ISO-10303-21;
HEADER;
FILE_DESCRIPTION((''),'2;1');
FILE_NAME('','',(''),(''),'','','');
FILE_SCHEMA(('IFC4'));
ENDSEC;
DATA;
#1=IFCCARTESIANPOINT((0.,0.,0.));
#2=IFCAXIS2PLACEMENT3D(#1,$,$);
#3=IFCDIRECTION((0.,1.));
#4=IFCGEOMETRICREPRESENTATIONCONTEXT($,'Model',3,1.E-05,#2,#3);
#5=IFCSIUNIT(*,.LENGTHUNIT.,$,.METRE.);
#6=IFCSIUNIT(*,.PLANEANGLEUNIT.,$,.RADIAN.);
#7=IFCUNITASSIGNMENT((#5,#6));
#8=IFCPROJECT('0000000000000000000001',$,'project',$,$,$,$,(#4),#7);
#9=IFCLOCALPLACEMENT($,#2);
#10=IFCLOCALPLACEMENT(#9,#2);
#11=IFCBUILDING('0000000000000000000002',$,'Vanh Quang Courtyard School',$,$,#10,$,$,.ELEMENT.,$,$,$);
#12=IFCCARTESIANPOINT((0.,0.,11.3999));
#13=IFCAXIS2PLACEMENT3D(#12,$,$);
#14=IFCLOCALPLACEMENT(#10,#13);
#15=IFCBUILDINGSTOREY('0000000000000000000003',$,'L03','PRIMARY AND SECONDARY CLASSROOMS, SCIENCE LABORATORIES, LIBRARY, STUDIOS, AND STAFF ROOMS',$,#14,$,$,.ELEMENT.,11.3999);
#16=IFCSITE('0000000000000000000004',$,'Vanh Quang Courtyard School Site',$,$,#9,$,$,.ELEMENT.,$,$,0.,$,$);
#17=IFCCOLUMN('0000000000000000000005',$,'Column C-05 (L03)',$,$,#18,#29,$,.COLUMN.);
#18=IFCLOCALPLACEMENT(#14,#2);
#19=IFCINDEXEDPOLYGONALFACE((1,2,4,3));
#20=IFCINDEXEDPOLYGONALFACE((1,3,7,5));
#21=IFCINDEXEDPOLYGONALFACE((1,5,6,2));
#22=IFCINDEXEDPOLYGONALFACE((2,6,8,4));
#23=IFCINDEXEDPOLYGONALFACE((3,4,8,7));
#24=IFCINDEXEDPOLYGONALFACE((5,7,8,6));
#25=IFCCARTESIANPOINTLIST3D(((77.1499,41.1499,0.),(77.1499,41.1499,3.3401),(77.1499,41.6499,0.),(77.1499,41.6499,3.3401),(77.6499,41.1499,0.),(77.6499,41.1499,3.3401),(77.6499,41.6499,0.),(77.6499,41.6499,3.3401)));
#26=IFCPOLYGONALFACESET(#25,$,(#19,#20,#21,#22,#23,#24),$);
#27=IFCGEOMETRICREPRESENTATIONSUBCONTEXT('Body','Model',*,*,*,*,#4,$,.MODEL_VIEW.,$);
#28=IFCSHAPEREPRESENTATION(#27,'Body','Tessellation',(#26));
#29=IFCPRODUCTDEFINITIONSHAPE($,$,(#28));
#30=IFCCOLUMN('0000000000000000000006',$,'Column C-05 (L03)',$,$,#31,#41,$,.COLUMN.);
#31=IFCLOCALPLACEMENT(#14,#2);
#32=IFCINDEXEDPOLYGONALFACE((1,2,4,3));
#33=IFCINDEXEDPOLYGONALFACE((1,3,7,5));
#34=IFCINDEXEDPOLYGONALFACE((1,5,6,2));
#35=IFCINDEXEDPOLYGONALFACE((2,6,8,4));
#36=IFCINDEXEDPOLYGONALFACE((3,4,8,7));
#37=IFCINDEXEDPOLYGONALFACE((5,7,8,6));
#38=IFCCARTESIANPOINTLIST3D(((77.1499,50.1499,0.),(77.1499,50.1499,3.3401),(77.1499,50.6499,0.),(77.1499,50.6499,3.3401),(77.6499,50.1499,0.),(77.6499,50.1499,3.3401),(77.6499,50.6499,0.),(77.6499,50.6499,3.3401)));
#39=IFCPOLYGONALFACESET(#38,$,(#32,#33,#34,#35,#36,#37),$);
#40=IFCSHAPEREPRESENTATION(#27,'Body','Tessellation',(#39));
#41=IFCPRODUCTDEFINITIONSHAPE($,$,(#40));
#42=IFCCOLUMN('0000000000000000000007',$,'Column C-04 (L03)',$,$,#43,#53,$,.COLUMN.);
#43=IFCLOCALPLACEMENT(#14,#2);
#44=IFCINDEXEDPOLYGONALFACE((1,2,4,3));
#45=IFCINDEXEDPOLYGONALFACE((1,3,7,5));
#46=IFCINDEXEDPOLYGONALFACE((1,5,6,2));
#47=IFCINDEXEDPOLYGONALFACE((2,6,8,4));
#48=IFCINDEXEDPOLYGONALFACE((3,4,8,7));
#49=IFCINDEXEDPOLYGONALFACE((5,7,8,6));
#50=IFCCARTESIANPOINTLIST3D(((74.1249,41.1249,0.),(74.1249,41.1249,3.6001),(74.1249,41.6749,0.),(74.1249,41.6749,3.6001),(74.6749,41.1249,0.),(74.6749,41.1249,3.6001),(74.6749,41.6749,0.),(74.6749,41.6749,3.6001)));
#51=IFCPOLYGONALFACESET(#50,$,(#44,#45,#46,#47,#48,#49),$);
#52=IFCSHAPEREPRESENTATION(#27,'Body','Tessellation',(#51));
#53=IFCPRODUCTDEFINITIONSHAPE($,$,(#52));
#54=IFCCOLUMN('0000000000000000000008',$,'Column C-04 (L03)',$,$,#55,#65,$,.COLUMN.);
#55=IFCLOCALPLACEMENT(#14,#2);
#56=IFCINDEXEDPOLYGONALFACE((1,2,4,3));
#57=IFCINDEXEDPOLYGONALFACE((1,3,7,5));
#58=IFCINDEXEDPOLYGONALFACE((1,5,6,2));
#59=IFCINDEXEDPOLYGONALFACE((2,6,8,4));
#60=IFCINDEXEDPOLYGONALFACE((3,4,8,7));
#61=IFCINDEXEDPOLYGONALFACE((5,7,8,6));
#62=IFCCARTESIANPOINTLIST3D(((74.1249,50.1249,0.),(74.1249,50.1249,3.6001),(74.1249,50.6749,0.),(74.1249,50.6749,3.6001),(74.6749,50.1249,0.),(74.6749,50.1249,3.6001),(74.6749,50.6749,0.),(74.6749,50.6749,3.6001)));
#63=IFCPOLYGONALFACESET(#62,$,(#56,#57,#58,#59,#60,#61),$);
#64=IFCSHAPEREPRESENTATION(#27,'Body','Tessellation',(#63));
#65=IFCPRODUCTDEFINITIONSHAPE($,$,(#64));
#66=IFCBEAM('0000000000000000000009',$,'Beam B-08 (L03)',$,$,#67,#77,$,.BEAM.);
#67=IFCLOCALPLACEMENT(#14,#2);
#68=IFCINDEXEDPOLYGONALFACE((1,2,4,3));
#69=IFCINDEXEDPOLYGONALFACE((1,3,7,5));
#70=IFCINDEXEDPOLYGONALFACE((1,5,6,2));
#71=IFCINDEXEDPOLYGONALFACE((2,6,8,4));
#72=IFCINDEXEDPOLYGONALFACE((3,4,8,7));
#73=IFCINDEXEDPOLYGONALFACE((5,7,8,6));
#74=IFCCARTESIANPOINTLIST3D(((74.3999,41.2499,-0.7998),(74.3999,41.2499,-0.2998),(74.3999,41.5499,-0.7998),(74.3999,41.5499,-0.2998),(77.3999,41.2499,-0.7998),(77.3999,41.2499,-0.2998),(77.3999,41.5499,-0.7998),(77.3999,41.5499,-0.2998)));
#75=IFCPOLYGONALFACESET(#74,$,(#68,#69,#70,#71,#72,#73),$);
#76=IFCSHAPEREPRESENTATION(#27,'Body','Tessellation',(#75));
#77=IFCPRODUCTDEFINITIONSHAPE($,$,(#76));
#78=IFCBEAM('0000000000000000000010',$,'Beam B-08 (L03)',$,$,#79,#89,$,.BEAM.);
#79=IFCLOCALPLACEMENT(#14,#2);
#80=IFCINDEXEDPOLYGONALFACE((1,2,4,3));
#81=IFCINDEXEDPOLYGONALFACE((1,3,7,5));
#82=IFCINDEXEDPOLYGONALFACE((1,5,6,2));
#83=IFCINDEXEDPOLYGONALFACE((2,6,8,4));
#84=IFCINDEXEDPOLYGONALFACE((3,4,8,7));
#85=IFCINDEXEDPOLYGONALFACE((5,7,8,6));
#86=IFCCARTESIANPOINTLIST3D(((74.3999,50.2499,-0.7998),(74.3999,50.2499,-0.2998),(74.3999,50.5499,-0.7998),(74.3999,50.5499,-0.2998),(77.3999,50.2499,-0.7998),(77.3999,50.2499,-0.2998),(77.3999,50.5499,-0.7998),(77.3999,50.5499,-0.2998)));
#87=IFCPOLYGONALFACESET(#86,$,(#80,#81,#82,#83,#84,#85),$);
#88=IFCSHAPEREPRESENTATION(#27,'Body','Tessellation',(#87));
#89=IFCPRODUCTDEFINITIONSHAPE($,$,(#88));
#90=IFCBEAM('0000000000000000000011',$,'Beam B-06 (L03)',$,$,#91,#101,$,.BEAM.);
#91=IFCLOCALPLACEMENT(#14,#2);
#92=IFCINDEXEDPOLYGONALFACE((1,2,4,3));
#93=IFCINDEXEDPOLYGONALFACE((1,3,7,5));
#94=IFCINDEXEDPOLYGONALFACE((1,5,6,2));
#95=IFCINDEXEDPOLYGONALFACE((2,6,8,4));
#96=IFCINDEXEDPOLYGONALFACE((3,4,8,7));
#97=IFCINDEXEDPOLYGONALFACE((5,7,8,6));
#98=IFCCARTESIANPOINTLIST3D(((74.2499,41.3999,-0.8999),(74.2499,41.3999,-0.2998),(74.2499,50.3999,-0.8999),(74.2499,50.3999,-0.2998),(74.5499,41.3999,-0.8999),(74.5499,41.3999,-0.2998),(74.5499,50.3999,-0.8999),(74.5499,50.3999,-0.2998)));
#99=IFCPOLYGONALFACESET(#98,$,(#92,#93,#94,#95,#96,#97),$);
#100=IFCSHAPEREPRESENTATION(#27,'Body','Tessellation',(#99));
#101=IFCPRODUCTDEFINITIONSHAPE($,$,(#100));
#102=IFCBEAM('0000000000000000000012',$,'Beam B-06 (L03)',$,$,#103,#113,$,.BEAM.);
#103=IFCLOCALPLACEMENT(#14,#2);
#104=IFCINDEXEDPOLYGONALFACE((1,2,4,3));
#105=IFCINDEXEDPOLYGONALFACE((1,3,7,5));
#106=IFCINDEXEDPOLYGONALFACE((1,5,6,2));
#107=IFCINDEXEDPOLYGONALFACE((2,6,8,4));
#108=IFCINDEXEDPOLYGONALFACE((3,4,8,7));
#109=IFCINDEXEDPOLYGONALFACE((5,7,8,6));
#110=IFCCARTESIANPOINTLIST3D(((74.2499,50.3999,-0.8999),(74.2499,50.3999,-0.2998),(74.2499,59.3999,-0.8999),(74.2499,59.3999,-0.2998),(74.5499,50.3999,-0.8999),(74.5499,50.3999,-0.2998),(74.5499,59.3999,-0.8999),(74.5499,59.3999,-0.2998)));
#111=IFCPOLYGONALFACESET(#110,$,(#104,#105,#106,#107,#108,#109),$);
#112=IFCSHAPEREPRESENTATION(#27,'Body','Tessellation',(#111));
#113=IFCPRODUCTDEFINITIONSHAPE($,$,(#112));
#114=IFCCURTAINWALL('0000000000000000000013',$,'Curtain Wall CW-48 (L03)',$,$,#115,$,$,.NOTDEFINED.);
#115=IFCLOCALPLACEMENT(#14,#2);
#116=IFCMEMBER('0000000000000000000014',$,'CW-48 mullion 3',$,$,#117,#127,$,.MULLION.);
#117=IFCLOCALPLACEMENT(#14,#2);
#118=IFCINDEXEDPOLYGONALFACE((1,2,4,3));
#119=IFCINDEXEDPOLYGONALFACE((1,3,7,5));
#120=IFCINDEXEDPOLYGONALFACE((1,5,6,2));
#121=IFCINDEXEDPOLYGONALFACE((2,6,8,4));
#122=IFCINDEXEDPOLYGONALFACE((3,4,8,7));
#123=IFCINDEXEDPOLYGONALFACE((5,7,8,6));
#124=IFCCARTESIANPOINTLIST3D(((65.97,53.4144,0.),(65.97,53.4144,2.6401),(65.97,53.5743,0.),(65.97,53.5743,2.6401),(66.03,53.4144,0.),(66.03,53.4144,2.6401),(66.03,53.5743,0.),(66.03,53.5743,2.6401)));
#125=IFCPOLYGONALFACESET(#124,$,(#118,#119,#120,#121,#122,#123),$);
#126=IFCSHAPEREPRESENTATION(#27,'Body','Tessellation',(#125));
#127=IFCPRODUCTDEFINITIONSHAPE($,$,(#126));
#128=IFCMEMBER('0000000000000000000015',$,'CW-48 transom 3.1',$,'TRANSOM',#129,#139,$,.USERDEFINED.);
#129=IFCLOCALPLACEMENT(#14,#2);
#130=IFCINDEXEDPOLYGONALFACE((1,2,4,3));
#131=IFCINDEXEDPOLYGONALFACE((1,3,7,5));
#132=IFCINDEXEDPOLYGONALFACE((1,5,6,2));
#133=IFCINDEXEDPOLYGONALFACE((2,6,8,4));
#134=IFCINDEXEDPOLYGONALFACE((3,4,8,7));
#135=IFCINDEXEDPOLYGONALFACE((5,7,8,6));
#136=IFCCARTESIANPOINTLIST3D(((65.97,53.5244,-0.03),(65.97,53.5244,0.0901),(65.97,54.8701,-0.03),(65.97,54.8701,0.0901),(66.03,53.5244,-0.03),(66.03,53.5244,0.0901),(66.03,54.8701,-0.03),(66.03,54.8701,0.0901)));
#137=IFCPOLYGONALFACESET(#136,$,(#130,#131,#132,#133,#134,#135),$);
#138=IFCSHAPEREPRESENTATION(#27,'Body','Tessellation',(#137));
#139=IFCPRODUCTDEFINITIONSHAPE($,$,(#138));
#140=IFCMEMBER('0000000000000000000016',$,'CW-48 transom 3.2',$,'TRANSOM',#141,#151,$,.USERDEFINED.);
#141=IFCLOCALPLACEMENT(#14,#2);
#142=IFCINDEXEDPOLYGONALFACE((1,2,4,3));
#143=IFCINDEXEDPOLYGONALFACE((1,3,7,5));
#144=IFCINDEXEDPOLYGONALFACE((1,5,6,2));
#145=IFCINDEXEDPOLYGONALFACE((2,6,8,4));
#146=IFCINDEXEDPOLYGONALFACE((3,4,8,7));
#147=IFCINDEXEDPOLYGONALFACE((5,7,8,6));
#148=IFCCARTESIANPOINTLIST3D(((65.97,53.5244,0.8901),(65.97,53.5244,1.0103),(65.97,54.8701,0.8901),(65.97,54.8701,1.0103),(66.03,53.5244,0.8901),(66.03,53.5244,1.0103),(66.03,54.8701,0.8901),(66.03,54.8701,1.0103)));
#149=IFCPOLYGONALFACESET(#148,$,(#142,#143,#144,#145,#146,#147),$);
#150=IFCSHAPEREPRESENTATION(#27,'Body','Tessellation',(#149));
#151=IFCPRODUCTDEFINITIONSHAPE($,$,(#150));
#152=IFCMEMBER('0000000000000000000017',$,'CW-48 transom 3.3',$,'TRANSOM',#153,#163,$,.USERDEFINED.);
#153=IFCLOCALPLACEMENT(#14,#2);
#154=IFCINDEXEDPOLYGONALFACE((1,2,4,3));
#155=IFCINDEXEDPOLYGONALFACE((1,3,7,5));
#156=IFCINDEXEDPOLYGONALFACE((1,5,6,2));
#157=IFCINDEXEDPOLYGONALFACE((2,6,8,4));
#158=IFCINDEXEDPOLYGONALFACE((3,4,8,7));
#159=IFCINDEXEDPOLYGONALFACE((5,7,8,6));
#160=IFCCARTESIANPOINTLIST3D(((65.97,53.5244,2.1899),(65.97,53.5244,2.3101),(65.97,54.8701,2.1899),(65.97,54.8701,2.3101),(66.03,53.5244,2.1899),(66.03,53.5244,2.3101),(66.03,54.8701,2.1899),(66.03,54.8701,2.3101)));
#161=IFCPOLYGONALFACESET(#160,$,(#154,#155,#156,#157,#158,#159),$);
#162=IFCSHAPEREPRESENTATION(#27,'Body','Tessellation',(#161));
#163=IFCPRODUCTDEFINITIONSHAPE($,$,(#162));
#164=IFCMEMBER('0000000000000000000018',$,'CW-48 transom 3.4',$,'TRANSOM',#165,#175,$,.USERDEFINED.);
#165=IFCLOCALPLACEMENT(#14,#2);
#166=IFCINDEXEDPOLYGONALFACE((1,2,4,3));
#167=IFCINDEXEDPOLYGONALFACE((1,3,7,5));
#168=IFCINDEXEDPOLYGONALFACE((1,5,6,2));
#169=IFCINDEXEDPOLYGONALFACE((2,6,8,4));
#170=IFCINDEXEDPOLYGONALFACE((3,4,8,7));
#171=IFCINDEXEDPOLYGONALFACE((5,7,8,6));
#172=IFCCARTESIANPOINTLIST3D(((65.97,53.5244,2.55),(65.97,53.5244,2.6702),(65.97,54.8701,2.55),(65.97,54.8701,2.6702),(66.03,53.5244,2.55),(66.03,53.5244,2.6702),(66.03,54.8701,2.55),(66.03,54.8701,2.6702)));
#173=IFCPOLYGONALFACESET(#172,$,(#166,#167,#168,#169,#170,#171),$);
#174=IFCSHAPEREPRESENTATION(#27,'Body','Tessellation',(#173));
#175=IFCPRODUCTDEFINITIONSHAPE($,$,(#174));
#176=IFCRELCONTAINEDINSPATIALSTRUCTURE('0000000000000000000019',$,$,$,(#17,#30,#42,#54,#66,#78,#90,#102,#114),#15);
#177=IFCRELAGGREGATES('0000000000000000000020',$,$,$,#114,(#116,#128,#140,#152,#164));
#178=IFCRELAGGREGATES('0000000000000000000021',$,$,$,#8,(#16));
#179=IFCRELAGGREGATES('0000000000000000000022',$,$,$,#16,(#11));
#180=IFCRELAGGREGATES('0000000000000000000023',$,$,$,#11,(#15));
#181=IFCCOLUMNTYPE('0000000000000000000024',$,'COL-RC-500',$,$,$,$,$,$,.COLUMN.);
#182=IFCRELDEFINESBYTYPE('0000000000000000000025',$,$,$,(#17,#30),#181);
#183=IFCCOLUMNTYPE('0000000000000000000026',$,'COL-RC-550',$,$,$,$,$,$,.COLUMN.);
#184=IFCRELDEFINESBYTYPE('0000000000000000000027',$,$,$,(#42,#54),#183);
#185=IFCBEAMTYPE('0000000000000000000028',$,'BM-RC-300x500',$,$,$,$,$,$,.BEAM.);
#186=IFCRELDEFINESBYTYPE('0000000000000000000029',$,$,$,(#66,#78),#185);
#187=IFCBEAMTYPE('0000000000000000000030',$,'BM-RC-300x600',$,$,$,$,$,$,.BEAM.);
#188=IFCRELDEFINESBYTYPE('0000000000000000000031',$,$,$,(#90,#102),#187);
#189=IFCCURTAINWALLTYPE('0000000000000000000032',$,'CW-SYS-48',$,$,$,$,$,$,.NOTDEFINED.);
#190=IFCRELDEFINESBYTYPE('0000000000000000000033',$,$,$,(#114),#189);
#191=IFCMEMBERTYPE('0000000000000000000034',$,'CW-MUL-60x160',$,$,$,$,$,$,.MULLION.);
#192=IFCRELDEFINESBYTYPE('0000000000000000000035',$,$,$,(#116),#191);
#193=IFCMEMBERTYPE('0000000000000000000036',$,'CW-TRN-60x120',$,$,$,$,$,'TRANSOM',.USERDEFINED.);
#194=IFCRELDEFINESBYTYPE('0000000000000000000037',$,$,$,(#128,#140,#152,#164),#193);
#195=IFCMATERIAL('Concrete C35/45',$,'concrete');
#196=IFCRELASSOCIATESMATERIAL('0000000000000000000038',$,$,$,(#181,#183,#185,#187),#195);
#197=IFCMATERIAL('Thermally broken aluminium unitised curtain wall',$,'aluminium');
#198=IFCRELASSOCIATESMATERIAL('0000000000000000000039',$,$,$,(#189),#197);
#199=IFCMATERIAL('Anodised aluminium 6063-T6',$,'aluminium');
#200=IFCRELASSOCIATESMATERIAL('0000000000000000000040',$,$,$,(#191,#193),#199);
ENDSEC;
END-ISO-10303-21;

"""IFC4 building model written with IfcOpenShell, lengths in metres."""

from ifc_helpers import new_model, si_unit, direction, frame, origin, origin_2d, place, context, subcontext, project, spatial, rectangle, extrude, material, material_profile, profile_set, type_object, element, aggregate, save


model = new_model("IFC4")

# Units and contexts
model_context = context("Model", 3, precision=1e-05, world=origin(), true_north=direction((0.0, 1.0)))
body_context = subcontext(model_context, "Body", "Model", "MODEL_VIEW")
ifc_project = project(units=[si_unit("LENGTHUNIT", "METRE"), si_unit("PLANEANGLEUNIT", "RADIAN")], contexts=[model_context])

# Site, building, storey
site_placement = place(None, origin())
site = spatial("IfcSite", under=ifc_project, at=site_placement, Name="Vanh Quang Courtyard School Site", CompositionType="ELEMENT", RefElevation=0.0)
building_placement = place(site_placement, origin())
building = spatial("IfcBuilding", under=site, at=building_placement, Name="Vanh Quang Courtyard School", CompositionType="ELEMENT")
storey_placement = place(building_placement, frame((0.0, 0.0, 11.3999)))
storey = spatial("IfcBuildingStorey", under=building, at=storey_placement, Name="L03", Description="PRIMARY AND SECONDARY CLASSROOMS, SCIENCE LABORATORIES, LIBRARY, STUDIOS, AND STAFF ROOMS", CompositionType="ELEMENT", Elevation=11.3999)

# Columns
ifc_material_1 = material(Name="Concrete C35/45", Category="concrete")
ifc_material_profile_1 = material_profile(ifc_material_1, rectangle(XDim=0.5, YDim=0.5, at=origin_2d()), Name="RC-COL 500x500")
ifc_profile_set_1 = profile_set([ifc_material_profile_1], Name="Concrete C35/45")
column_type_1 = type_object("IfcColumnType", Name="COL-RC-500", PredefinedType="COLUMN", material=ifc_profile_set_1)
for number, where, z_axis, x_axis, name in (
    (1, (77.3999, 41.3999, 0.0), (0.0, 0.0, 1.0), (1.0, 0.0, 0.0), "Column C-05 (L03)"),
    (2, (77.3999, 50.3999, 0.0), (0.0, 0.0, 1.0), (1.0, 0.0, 0.0), "Column C-05 (L03)"),
):
    element("IfcColumn", number, at=place(storey_placement, frame(where, z_axis=z_axis, x_axis=x_axis)), inside=storey, type_object=column_type_1, Name=name, PredefinedType="COLUMN", context=body_context, shape_type="SweptSolid", body=[
        extrude(rectangle(XDim=0.5, YDim=0.5, at=origin_2d()), origin(), (0.0, 0.0, 1.0), 3.3401),
    ])
ifc_material_profile_2 = material_profile(ifc_material_1, rectangle(XDim=0.55, YDim=0.55, at=origin_2d()), Name="RC-COL 550x550")
ifc_profile_set_2 = profile_set([ifc_material_profile_2], Name="Concrete C35/45")
column_type_2 = type_object("IfcColumnType", Name="COL-RC-550", PredefinedType="COLUMN", material=ifc_profile_set_2)
for number, where, z_axis, x_axis, name in (
    (3, (74.3999, 41.3999, 0.0), (0.0, 0.0, 1.0), (1.0, 0.0, 0.0), "Column C-04 (L03)"),
    (4, (74.3999, 50.3999, 0.0), (0.0, 0.0, 1.0), (1.0, 0.0, 0.0), "Column C-04 (L03)"),
):
    element("IfcColumn", number, at=place(storey_placement, frame(where, z_axis=z_axis, x_axis=x_axis)), inside=storey, type_object=column_type_2, Name=name, PredefinedType="COLUMN", context=body_context, shape_type="SweptSolid", body=[
        extrude(rectangle(XDim=0.55, YDim=0.55, at=origin_2d()), origin(), (0.0, 0.0, 1.0), 3.6001),
    ])

# Beams
ifc_material_profile_3 = material_profile(ifc_material_1, rectangle(XDim=0.3, YDim=0.5, at=origin_2d()), Name="RC-BM 300x500")
ifc_profile_set_3 = profile_set([ifc_material_profile_3], Name="Concrete C35/45")
beam_type_1 = type_object("IfcBeamType", Name="BM-RC-300x500", PredefinedType="BEAM", material=ifc_profile_set_3)
for number, where, z_axis, x_axis, name in (
    (5, (74.3999, 41.3999, -0.5498), (1.0, 0.0, 0.0), (0.0, 1.0, 0.0), "Beam B-08 (L03)"),
    (6, (74.3999, 50.3999, -0.5498), (1.0, 0.0, 0.0), (0.0, 1.0, 0.0), "Beam B-08 (L03)"),
):
    element("IfcBeam", number, at=place(storey_placement, frame(where, z_axis=z_axis, x_axis=x_axis)), inside=storey, type_object=beam_type_1, Name=name, PredefinedType="BEAM", context=body_context, shape_type="SweptSolid", body=[
        extrude(rectangle(XDim=0.3, YDim=0.5, at=origin_2d()), origin(), (0.0, 0.0, 1.0), 3.0),
    ])
ifc_material_profile_4 = material_profile(ifc_material_1, rectangle(XDim=0.3, YDim=0.6001, at=origin_2d()), Name="RC-BM 300x600")
ifc_profile_set_4 = profile_set([ifc_material_profile_4], Name="Concrete C35/45")
beam_type_2 = type_object("IfcBeamType", Name="BM-RC-300x600", PredefinedType="BEAM", material=ifc_profile_set_4)
for number, where, z_axis, x_axis, name in (
    (7, (74.3999, 41.3999, -0.5999), (0.0, 1.0, 0.0), (-1.0, 0.0, 0.0), "Beam B-06 (L03)"),
    (8, (74.3999, 50.3999, -0.5999), (0.0, 1.0, 0.0), (-1.0, 0.0, 0.0), "Beam B-06 (L03)"),
):
    element("IfcBeam", number, at=place(storey_placement, frame(where, z_axis=z_axis, x_axis=x_axis)), inside=storey, type_object=beam_type_2, Name=name, PredefinedType="BEAM", context=body_context, shape_type="SweptSolid", body=[
        extrude(rectangle(XDim=0.3, YDim=0.6001, at=origin_2d()), origin(), (0.0, 0.0, 1.0), 9.0),
    ])

# Curtain wall, members
ifc_material_2 = material(Name="Thermally broken aluminium unitised curtain wall", Category="aluminium")
curtain_wall_type = type_object("IfcCurtainWallType", Name="CW-SYS-48", PredefinedType="NOTDEFINED", material=ifc_material_2)
curtain_wall_placement = place(storey_placement, origin())
curtain_wall = element("IfcCurtainWall", 9, at=curtain_wall_placement, inside=storey, type_object=curtain_wall_type, Name="Curtain Wall CW-48 (L03)", PredefinedType="NOTDEFINED")
ifc_material_3 = material(Name="Anodised aluminium 6063-T6", Category="aluminium")
ifc_material_profile_5 = material_profile(ifc_material_3, rectangle(XDim=0.0601, YDim=0.1599, at=origin_2d()), Name="ALU-MUL 60x160")
ifc_profile_set_5 = profile_set([ifc_material_profile_5], Name="Anodised aluminium 6063-T6")
member_type_1 = type_object("IfcMemberType", Name="CW-MUL-60x160", PredefinedType="MULLION", material=ifc_profile_set_5)
member_1_placement = place(storey_placement, frame((66.0, 53.4944, 0.0), z_axis=(0.0, 0.0, 1.0), x_axis=(-1.0, 0.0, 0.0)))
member_1 = element("IfcMember", 10, at=member_1_placement, type_object=member_type_1, Name="CW-48 mullion 3", PredefinedType="MULLION", context=body_context, shape_type="SweptSolid", body=[
    extrude(rectangle(XDim=0.0601, YDim=0.1599, at=origin_2d()), origin(), (0.0, 0.0, 1.0), 2.6401),
])
ifc_material_profile_6 = material_profile(ifc_material_3, rectangle(XDim=0.0601, YDim=0.1201, at=origin_2d()), Name="ALU-TRN 60x120")
ifc_profile_set_6 = profile_set([ifc_material_profile_6], Name="Anodised aluminium 6063-T6")
member_type_2 = type_object("IfcMemberType", Name="CW-TRN-60x120", ElementType="TRANSOM", PredefinedType="USERDEFINED", material=ifc_profile_set_6)
member_2_placement = place(storey_placement, frame((66.0, 53.5244, 0.03), z_axis=(0.0, 1.0, 0.0), x_axis=(-1.0, 0.0, 0.0)))
member_2 = element("IfcMember", 11, at=member_2_placement, type_object=member_type_2, Name="CW-48 transom 3.1", ObjectType="TRANSOM", PredefinedType="USERDEFINED", context=body_context, shape_type="SweptSolid", body=[
    extrude(rectangle(XDim=0.0601, YDim=0.1201, at=origin_2d()), origin(), (0.0, 0.0, 1.0), 1.3457),
])
member_3_placement = place(storey_placement, frame((66.0, 53.5244, 0.9502), z_axis=(0.0, 1.0, 0.0), x_axis=(-1.0, 0.0, 0.0)))
member_3 = element("IfcMember", 12, at=member_3_placement, type_object=member_type_2, Name="CW-48 transom 3.2", ObjectType="TRANSOM", PredefinedType="USERDEFINED", context=body_context, shape_type="SweptSolid", body=[
    extrude(rectangle(XDim=0.0601, YDim=0.1201, at=origin_2d()), origin(), (0.0, 0.0, 1.0), 1.3457),
])
member_4_placement = place(storey_placement, frame((66.0, 53.5244, 2.25), z_axis=(0.0, 1.0, 0.0), x_axis=(-1.0, 0.0, 0.0)))
member_4 = element("IfcMember", 13, at=member_4_placement, type_object=member_type_2, Name="CW-48 transom 3.3", ObjectType="TRANSOM", PredefinedType="USERDEFINED", context=body_context, shape_type="SweptSolid", body=[
    extrude(rectangle(XDim=0.0601, YDim=0.1201, at=origin_2d()), origin(), (0.0, 0.0, 1.0), 1.3457),
])
member_5_placement = place(storey_placement, frame((66.0, 53.5244, 2.6101), z_axis=(0.0, 1.0, 0.0), x_axis=(-1.0, 0.0, 0.0)))
member_5 = element("IfcMember", 14, at=member_5_placement, type_object=member_type_2, Name="CW-48 transom 3.4", ObjectType="TRANSOM", PredefinedType="USERDEFINED", context=body_context, shape_type="SweptSolid", body=[
    extrude(rectangle(XDim=0.0601, YDim=0.1201, at=origin_2d()), origin(), (0.0, 0.0, 1.0), 1.3457),
])

aggregate(curtain_wall, [member_1, member_2, member_3, member_4, member_5])

save(model, "model.ifc")
